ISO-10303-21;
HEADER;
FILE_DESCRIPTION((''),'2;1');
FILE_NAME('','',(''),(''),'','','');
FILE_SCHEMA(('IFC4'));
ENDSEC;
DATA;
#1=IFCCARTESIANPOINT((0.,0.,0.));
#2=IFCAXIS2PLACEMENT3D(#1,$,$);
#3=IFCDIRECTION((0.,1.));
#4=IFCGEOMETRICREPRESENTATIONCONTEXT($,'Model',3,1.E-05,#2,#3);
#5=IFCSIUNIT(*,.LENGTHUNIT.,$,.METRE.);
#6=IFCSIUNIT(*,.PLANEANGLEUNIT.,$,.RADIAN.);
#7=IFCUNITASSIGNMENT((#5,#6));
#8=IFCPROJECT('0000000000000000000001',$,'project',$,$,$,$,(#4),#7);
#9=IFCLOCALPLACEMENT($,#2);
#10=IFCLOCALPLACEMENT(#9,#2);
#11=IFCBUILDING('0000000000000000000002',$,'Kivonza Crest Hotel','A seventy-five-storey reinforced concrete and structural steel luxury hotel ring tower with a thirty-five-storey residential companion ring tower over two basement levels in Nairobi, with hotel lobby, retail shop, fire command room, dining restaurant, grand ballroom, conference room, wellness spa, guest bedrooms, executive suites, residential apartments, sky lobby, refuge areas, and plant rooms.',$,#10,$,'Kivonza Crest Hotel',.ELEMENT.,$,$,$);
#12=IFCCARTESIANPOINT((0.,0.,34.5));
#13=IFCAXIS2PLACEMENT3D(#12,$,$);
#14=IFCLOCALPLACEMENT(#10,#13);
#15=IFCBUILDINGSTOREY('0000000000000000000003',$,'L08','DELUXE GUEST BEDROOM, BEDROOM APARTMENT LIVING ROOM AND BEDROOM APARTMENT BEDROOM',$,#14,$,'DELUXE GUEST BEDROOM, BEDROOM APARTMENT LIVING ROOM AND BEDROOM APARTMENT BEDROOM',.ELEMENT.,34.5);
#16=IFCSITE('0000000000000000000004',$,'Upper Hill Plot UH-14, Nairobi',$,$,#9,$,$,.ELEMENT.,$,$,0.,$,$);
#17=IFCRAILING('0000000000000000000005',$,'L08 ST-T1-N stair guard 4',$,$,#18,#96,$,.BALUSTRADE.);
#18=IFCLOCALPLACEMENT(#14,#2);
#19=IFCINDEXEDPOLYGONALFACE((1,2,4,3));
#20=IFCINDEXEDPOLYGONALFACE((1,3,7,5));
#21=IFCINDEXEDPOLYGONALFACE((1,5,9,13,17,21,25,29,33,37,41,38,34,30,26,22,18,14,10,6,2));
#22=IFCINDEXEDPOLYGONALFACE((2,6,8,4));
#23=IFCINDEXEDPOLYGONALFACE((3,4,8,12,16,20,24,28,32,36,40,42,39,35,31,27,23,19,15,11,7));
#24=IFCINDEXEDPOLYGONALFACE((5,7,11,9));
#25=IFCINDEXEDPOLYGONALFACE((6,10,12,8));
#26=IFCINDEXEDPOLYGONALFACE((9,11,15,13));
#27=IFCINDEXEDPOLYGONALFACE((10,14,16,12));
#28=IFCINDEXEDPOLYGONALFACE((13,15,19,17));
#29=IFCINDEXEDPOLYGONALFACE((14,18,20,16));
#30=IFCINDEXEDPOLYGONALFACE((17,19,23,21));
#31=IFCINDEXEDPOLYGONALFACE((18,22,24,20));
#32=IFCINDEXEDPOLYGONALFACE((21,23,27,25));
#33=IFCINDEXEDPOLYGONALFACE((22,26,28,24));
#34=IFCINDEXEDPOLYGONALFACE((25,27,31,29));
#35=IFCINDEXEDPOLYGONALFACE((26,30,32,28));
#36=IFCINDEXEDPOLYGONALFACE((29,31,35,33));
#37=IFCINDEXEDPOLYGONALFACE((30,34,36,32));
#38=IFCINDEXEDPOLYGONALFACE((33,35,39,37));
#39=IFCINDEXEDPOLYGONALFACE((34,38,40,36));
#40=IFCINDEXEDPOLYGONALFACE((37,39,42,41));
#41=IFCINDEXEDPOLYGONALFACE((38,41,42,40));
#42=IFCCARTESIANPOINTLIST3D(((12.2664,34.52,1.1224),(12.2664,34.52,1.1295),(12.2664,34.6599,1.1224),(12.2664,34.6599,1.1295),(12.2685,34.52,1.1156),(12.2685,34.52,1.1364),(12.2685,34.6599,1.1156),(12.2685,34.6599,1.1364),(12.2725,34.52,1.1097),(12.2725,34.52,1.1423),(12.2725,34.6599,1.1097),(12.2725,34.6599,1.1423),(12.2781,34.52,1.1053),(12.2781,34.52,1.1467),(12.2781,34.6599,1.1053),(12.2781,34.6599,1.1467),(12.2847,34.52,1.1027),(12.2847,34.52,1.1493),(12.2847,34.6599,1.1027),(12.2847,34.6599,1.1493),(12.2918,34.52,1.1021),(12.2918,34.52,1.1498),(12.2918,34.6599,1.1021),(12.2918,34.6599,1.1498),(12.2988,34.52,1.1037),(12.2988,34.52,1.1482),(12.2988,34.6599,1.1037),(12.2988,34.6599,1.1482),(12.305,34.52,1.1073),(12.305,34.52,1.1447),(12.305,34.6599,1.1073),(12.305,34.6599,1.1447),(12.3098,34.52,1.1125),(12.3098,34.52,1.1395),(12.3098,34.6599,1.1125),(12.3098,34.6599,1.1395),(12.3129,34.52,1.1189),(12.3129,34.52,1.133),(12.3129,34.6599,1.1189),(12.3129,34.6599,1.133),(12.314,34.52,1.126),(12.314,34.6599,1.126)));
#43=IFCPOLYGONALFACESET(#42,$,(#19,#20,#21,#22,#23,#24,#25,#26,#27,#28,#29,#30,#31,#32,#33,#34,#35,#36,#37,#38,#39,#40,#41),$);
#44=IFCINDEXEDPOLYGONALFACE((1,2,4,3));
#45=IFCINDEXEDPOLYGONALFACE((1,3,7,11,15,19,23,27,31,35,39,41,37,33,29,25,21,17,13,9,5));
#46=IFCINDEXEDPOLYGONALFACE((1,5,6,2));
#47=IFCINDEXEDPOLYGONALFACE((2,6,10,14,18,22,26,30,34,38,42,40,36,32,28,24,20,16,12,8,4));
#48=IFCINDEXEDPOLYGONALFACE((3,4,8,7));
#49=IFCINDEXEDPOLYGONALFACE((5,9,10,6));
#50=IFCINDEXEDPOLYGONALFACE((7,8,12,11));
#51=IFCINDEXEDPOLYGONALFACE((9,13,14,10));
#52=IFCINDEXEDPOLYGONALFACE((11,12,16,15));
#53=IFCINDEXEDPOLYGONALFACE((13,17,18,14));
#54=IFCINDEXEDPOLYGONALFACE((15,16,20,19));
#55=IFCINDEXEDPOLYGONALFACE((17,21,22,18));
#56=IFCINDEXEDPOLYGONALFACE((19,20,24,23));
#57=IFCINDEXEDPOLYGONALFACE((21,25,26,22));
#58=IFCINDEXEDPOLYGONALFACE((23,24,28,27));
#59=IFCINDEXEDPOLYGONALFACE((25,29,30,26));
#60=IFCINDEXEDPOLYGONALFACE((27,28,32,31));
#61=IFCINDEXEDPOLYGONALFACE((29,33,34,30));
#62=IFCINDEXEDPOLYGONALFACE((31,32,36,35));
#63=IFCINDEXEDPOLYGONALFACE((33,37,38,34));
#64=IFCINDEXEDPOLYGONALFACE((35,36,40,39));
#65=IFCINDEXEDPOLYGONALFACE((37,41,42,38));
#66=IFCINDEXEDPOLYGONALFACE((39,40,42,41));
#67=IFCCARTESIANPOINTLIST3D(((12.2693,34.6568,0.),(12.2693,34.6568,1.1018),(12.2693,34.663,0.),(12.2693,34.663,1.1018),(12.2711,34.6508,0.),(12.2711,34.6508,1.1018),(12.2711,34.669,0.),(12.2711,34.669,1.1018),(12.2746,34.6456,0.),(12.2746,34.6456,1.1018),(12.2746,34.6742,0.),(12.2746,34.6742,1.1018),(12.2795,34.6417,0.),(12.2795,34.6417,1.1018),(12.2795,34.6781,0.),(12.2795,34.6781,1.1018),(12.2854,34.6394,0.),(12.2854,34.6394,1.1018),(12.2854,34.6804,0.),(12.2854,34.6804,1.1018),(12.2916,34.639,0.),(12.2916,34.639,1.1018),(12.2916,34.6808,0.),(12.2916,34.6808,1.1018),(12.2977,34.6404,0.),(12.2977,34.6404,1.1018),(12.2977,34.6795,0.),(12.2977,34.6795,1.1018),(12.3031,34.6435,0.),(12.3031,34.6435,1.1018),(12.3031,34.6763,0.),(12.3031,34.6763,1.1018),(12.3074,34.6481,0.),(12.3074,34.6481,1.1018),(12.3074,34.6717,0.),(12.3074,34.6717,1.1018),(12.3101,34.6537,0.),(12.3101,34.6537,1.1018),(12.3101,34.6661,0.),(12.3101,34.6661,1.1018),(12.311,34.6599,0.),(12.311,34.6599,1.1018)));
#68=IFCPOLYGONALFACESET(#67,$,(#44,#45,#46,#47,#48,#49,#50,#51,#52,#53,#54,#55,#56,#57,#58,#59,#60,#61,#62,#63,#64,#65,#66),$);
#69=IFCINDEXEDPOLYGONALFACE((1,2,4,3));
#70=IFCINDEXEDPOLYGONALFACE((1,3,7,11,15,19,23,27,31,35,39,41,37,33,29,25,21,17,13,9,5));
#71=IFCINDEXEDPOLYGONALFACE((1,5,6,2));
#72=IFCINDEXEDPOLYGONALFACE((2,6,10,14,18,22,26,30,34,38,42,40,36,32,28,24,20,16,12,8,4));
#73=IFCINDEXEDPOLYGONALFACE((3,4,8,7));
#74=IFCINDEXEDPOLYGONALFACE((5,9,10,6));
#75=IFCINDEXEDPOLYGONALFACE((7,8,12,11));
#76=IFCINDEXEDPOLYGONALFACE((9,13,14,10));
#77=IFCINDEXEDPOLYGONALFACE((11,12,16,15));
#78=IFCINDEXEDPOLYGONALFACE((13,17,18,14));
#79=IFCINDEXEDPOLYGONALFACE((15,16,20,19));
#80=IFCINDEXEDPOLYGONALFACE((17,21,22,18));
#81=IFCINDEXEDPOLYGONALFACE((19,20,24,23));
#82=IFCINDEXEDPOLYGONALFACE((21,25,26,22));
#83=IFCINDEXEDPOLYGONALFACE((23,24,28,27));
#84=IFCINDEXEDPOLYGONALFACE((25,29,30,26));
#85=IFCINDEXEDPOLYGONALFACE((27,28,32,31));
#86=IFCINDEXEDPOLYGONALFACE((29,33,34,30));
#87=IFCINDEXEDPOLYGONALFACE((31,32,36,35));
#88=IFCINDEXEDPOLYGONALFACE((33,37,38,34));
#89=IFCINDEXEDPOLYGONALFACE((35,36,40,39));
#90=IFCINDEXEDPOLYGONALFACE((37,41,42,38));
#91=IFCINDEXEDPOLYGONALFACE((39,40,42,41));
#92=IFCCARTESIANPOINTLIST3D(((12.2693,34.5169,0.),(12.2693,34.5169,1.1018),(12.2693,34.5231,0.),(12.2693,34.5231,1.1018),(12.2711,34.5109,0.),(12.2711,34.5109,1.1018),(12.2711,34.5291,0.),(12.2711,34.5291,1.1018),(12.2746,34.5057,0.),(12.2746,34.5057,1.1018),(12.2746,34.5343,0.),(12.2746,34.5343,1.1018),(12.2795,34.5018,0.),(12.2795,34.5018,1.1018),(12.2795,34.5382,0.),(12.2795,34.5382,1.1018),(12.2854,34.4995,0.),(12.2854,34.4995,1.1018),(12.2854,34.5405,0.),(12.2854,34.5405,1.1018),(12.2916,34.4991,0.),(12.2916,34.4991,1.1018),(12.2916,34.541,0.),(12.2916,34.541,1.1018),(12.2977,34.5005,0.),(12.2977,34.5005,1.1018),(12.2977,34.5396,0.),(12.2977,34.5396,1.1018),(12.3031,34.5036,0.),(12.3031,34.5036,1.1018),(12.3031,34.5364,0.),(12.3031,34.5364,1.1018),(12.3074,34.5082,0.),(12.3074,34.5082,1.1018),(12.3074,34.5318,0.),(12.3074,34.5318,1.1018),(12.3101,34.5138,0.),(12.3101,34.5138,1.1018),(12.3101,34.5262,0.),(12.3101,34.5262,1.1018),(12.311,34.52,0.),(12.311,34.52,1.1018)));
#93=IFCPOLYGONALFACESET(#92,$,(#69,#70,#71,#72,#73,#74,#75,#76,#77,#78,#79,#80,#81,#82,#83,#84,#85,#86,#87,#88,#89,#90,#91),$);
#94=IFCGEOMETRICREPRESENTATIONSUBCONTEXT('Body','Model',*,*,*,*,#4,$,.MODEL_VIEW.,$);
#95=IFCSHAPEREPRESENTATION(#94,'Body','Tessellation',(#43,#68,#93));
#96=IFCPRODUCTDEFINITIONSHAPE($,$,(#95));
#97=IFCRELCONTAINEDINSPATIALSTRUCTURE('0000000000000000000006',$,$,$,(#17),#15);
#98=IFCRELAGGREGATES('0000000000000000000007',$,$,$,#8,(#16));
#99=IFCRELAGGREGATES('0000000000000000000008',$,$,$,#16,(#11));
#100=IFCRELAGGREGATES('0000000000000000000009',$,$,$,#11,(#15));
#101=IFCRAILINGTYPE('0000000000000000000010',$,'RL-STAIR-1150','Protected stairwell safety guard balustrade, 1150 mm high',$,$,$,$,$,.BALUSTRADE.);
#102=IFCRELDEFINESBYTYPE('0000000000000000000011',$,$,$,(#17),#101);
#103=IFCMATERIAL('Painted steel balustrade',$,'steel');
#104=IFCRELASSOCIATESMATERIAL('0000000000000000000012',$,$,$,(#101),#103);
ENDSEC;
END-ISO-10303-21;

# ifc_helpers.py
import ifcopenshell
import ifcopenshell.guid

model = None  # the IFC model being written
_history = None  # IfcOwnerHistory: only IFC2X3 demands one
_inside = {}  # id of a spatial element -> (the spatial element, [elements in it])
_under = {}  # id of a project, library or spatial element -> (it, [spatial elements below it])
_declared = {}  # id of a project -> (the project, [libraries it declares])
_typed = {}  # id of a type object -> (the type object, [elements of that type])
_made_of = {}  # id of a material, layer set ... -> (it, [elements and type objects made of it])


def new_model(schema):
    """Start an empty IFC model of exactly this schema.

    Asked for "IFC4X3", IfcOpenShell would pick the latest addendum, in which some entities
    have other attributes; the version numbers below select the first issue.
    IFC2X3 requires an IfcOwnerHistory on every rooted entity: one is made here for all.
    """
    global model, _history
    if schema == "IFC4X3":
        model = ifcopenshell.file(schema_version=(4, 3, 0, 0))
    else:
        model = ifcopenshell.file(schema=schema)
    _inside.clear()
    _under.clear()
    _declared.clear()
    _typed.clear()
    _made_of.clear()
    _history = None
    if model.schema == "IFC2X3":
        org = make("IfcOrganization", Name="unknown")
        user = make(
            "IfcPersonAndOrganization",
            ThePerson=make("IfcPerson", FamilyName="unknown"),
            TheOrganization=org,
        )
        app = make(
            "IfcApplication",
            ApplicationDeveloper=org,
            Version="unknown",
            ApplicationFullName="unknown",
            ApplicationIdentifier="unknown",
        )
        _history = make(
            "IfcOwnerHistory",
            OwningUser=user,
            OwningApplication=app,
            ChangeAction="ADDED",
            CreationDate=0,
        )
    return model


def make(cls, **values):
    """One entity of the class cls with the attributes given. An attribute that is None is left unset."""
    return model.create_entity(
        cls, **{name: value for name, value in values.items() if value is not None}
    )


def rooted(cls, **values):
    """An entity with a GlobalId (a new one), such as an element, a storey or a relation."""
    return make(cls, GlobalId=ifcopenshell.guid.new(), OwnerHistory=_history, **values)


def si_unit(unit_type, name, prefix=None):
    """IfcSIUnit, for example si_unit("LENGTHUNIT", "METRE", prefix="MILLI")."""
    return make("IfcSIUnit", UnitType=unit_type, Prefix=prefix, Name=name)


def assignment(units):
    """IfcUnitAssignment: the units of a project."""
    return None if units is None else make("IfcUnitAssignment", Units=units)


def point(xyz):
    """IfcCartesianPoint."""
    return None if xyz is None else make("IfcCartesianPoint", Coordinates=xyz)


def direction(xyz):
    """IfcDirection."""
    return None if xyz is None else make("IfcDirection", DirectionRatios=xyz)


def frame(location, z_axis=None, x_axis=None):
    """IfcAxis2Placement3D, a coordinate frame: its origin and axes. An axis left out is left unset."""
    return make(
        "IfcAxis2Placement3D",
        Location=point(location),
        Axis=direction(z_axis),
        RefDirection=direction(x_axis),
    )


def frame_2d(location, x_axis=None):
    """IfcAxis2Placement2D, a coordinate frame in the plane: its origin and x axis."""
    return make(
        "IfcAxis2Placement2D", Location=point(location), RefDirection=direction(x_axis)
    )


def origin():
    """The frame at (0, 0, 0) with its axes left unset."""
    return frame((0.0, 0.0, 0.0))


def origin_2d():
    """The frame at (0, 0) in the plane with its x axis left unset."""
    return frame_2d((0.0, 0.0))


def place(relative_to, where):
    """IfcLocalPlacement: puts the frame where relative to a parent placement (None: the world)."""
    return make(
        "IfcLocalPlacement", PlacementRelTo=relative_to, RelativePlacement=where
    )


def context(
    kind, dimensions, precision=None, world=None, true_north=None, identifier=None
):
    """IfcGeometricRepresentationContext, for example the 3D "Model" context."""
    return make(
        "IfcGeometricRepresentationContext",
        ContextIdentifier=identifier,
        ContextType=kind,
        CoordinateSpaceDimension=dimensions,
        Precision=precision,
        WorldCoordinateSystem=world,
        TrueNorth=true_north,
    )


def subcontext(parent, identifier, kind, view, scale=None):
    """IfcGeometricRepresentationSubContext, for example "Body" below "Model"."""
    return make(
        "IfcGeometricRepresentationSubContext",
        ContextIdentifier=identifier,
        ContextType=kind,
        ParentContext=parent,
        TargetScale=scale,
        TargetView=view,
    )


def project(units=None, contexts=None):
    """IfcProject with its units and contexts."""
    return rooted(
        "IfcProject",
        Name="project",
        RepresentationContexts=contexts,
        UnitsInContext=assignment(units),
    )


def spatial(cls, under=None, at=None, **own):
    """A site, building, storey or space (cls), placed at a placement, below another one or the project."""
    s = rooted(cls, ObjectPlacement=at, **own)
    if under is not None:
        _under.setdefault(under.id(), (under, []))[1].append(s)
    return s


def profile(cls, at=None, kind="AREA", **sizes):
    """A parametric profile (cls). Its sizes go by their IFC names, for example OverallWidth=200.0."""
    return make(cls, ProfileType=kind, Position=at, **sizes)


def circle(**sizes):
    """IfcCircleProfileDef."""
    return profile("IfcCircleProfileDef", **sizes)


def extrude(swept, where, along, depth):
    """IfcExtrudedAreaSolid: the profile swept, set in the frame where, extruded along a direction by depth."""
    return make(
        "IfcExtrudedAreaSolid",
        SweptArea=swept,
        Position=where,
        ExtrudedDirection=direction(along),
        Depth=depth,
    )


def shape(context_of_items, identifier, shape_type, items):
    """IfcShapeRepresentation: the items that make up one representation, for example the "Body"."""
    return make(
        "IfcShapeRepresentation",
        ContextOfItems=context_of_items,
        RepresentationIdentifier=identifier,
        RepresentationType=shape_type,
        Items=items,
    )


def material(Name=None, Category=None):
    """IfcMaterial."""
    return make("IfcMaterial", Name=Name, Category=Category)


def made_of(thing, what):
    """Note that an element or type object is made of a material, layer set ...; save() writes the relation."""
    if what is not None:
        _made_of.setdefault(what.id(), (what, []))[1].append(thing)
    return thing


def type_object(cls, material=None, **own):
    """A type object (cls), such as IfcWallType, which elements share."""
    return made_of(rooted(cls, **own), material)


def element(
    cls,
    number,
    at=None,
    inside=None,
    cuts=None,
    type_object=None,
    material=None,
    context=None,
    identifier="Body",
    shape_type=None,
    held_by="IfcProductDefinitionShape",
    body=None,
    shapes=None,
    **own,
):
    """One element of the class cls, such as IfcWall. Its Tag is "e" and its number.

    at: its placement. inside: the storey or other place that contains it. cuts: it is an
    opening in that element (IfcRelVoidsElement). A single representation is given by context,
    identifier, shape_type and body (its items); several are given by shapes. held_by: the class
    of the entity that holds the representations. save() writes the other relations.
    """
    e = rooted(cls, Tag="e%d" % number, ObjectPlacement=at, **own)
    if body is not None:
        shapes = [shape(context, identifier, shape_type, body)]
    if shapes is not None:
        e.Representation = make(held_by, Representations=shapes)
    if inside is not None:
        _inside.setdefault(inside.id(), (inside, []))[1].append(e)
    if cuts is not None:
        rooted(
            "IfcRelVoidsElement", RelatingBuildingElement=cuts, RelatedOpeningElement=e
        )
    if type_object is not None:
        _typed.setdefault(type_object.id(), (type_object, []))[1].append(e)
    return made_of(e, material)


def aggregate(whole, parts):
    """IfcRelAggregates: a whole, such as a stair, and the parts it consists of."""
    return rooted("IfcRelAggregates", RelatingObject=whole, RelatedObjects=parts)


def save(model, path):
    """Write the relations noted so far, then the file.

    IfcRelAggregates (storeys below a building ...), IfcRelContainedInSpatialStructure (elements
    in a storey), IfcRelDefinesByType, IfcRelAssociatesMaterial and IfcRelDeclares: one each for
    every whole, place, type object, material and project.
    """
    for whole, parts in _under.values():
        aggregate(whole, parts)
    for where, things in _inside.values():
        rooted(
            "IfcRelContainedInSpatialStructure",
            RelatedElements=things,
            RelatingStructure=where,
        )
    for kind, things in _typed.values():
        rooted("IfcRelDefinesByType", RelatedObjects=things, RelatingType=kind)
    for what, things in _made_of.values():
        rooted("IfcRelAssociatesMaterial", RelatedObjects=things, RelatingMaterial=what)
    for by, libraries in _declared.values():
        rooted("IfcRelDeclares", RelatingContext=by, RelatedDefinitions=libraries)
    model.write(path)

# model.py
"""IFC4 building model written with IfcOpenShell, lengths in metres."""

from ifc_helpers import new_model, si_unit, direction, frame, origin, origin_2d, place, context, subcontext, project, spatial, circle, extrude, material, type_object, element, save


model = new_model("IFC4")

# Units and contexts
model_context = context("Model", 3, precision=1e-05, world=origin(), true_north=direction((0.0, 1.0)))
body_context = subcontext(model_context, "Body", "Model", "MODEL_VIEW")
ifc_project = project(units=[si_unit("LENGTHUNIT", "METRE"), si_unit("PLANEANGLEUNIT", "RADIAN")], contexts=[model_context])

# Site, building, storey
site_placement = place(None, origin())
site = spatial("IfcSite", under=ifc_project, at=site_placement, Name="Upper Hill Plot UH-14, Nairobi", CompositionType="ELEMENT", RefElevation=0.0)
building_placement = place(site_placement, origin())
building = spatial("IfcBuilding", under=site, at=building_placement, Name="Kivonza Crest Hotel", Description="A seventy-five-storey reinforced concrete and structural steel luxury hotel ring tower with a thirty-five-storey residential companion ring tower over two basement levels in Nairobi, with hotel lobby, retail shop, fire command room, dining restaurant, grand ballroom, conference room, wellness spa, guest bedrooms, executive suites, residential apartments, sky lobby, refuge areas, and plant rooms.", LongName="Kivonza Crest Hotel", CompositionType="ELEMENT")
storey_placement = place(building_placement, frame((0.0, 0.0, 34.5)))
storey = spatial("IfcBuildingStorey", under=building, at=storey_placement, Name="L08", Description="DELUXE GUEST BEDROOM, BEDROOM APARTMENT LIVING ROOM AND BEDROOM APARTMENT BEDROOM", LongName="DELUXE GUEST BEDROOM, BEDROOM APARTMENT LIVING ROOM AND BEDROOM APARTMENT BEDROOM", CompositionType="ELEMENT", Elevation=34.5)

# Railing
ifc_material_1 = material(Name="Painted steel balustrade", Category="steel")
railing_type_1 = type_object("IfcRailingType", Name="RL-STAIR-1150", Description="Protected stairwell safety guard balustrade, 1150 mm high", PredefinedType="BALUSTRADE", material=ifc_material_1)
railing_1_placement = place(storey_placement, frame((12.29, 34.6599, 0.0)))
element("IfcRailing", 1, at=railing_1_placement, inside=storey, type_object=railing_type_1, Name="L08 ST-T1-N stair guard 4", PredefinedType="BALUSTRADE", context=body_context, shape_type="SweptSolid", body=[
    extrude(circle(Radius=0.0239, at=origin_2d()), frame((0.0, 0.0, 1.126), z_axis=(0.0, -1.0, 0.0), x_axis=(1.0, 0.0, 0.0)), (0.0, 0.0, 1.0), 0.1399),
    extrude(circle(Radius=0.021, at=origin_2d()), origin(), (0.0, 0.0, 1.0), 1.1018),
    extrude(circle(Radius=0.021, at=origin_2d()), frame((0.0, -0.1399, 0.0)), (0.0, 0.0, 1.0), 1.1018),
])

save(model, "model.ifc")
